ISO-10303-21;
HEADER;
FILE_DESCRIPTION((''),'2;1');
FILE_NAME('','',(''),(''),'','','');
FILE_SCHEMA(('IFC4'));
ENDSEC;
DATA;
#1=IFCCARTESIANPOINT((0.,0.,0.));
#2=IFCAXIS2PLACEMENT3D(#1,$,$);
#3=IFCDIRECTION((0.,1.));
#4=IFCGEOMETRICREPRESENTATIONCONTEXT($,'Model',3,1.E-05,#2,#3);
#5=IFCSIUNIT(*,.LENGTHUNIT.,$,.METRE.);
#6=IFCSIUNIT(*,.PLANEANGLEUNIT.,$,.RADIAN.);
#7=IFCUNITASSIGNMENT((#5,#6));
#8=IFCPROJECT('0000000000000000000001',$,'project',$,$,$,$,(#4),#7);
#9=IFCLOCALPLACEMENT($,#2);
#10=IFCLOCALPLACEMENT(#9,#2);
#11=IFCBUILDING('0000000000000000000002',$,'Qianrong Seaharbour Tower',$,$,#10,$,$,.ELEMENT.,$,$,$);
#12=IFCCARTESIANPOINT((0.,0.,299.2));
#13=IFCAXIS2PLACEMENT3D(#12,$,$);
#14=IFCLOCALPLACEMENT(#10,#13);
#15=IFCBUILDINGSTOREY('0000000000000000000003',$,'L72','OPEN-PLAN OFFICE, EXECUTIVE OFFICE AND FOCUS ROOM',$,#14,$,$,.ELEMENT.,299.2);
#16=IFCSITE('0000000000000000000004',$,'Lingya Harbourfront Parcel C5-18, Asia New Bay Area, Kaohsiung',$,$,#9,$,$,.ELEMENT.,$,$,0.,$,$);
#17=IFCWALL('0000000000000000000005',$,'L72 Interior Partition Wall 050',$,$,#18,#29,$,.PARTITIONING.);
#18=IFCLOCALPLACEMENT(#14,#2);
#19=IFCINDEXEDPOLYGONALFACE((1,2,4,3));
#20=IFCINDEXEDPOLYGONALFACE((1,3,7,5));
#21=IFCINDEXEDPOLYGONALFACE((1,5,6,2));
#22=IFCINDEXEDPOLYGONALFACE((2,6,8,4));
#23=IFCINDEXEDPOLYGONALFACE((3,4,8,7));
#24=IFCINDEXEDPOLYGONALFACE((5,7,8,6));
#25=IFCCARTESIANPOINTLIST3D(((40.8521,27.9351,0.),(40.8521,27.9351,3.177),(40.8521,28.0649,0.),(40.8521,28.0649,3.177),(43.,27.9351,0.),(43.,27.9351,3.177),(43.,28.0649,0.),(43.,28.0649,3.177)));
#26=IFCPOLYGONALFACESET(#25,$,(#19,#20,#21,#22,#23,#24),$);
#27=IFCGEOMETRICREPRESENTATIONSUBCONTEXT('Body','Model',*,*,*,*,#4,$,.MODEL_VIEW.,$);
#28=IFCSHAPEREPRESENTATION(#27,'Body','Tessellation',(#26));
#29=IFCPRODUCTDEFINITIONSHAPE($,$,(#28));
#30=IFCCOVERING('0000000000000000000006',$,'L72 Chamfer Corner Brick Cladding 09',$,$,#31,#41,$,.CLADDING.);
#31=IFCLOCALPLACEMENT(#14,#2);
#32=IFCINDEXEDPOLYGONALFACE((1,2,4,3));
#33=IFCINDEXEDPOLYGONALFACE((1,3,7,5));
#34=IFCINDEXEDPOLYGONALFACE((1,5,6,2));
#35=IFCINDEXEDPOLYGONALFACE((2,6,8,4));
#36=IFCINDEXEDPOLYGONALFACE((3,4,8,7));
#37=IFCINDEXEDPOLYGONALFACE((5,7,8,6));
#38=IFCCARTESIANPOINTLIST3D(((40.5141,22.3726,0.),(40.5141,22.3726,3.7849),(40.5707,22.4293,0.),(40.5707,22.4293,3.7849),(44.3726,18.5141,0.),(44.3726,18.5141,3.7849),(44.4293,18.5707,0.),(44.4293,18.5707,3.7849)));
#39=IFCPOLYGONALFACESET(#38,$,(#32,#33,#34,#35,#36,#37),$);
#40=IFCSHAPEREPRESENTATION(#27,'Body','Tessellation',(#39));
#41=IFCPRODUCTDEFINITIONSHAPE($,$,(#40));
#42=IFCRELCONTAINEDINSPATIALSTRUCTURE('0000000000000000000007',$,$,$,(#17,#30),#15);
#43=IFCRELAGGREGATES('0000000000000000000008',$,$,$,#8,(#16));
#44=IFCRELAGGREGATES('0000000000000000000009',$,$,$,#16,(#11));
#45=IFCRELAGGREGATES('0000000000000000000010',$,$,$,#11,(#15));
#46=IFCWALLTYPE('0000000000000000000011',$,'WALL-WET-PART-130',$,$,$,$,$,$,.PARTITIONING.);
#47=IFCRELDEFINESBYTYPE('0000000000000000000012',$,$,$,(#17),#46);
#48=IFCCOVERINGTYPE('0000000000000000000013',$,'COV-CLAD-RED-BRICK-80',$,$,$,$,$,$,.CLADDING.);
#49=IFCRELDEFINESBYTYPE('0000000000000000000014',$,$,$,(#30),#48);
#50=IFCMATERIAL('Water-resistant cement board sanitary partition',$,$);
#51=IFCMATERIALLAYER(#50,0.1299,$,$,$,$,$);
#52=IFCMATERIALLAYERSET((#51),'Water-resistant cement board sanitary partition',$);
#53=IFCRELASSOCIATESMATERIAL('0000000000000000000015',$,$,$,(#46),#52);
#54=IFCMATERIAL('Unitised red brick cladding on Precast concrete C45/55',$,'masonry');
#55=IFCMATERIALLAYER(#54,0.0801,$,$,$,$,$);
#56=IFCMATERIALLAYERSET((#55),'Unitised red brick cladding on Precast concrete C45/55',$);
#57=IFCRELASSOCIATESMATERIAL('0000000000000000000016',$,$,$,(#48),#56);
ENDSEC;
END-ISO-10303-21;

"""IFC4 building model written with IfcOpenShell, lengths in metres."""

from ifc_helpers import new_model, si_unit, direction, frame, frame_2d, origin, origin_2d, place, context, subcontext, project, spatial, rectangle, extrude, material, layer, layer_set, type_object, element, save


model = new_model("IFC4")

# Units and contexts
model_context = context("Model", 3, precision=1e-05, world=origin(), true_north=direction((0.0, 1.0)))
body_context = subcontext(model_context, "Body", "Model", "MODEL_VIEW")
ifc_project = project(units=[si_unit("LENGTHUNIT", "METRE"), si_unit("PLANEANGLEUNIT", "RADIAN")], contexts=[model_context])

# Site, building, storey
site_placement = place(None, origin())
site = spatial("IfcSite", under=ifc_project, at=site_placement, Name="Lingya Harbourfront Parcel C5-18, Asia New Bay Area, Kaohsiung", CompositionType="ELEMENT", RefElevation=0.0)
building_placement = place(site_placement, origin())
building = spatial("IfcBuilding", under=site, at=building_placement, Name="Qianrong Seaharbour Tower", CompositionType="ELEMENT")
storey_placement = place(building_placement, frame((0.0, 0.0, 299.2)))
storey = spatial("IfcBuildingStorey", under=building, at=storey_placement, Name="L72", Description="OPEN-PLAN OFFICE, EXECUTIVE OFFICE AND FOCUS ROOM", CompositionType="ELEMENT", Elevation=299.2)

# Shared definitions
ifc_material_1 = material(Name="Water-resistant cement board sanitary partition")
ifc_layer_1 = layer(ifc_material_1, 0.1299)
ifc_layer_set_1 = layer_set([ifc_layer_1], Name="Water-resistant cement board sanitary partition")
wall_type_1 = type_object("IfcWallType", Name="WALL-WET-PART-130", PredefinedType="PARTITIONING", material=ifc_layer_set_1)

# Wall
wall_1_placement = place(storey_placement, frame((40.8521, 28.0, 0.0), z_axis=(0.0, 0.0, 1.0), x_axis=(1.0, 0.0, 0.0)))
element("IfcWall", 1, at=wall_1_placement, inside=storey, type_object=wall_type_1, Name="L72 Interior Partition Wall 050", PredefinedType="PARTITIONING", context=body_context, shape_type="SweptSolid", body=[
    extrude(rectangle(XDim=2.1479, YDim=0.1299, at=frame_2d((1.074, 0.0))), origin(), (0.0, 0.0, 1.0), 3.177),
])

# Covering
ifc_material_2 = material(Name="Unitised red brick cladding on Precast concrete C45/55", Category="masonry")
ifc_layer_2 = layer(ifc_material_2, 0.0801)
ifc_layer_set_2 = layer_set([ifc_layer_2], Name="Unitised red brick cladding on Precast concrete C45/55")
covering_type = type_object("IfcCoveringType", Name="COV-CLAD-RED-BRICK-80", PredefinedType="CLADDING", material=ifc_layer_set_2)
covering_placement = place(storey_placement, frame((42.4717, 20.4717, 0.0), z_axis=(0.0, 0.0, 1.0), x_axis=(-0.707107, 0.707107, 0.0)))
element("IfcCovering", 2, at=covering_placement, inside=storey, type_object=covering_type, Name="L72 Chamfer Corner Brick Cladding 09", PredefinedType="CLADDING", context=body_context, shape_type="SweptSolid", body=[
    extrude(rectangle(XDim=5.4568, YDim=0.0801, at=origin_2d()), origin(), (0.0, 0.0, 1.0), 3.7849),
])

save(model, "model.ifc")
